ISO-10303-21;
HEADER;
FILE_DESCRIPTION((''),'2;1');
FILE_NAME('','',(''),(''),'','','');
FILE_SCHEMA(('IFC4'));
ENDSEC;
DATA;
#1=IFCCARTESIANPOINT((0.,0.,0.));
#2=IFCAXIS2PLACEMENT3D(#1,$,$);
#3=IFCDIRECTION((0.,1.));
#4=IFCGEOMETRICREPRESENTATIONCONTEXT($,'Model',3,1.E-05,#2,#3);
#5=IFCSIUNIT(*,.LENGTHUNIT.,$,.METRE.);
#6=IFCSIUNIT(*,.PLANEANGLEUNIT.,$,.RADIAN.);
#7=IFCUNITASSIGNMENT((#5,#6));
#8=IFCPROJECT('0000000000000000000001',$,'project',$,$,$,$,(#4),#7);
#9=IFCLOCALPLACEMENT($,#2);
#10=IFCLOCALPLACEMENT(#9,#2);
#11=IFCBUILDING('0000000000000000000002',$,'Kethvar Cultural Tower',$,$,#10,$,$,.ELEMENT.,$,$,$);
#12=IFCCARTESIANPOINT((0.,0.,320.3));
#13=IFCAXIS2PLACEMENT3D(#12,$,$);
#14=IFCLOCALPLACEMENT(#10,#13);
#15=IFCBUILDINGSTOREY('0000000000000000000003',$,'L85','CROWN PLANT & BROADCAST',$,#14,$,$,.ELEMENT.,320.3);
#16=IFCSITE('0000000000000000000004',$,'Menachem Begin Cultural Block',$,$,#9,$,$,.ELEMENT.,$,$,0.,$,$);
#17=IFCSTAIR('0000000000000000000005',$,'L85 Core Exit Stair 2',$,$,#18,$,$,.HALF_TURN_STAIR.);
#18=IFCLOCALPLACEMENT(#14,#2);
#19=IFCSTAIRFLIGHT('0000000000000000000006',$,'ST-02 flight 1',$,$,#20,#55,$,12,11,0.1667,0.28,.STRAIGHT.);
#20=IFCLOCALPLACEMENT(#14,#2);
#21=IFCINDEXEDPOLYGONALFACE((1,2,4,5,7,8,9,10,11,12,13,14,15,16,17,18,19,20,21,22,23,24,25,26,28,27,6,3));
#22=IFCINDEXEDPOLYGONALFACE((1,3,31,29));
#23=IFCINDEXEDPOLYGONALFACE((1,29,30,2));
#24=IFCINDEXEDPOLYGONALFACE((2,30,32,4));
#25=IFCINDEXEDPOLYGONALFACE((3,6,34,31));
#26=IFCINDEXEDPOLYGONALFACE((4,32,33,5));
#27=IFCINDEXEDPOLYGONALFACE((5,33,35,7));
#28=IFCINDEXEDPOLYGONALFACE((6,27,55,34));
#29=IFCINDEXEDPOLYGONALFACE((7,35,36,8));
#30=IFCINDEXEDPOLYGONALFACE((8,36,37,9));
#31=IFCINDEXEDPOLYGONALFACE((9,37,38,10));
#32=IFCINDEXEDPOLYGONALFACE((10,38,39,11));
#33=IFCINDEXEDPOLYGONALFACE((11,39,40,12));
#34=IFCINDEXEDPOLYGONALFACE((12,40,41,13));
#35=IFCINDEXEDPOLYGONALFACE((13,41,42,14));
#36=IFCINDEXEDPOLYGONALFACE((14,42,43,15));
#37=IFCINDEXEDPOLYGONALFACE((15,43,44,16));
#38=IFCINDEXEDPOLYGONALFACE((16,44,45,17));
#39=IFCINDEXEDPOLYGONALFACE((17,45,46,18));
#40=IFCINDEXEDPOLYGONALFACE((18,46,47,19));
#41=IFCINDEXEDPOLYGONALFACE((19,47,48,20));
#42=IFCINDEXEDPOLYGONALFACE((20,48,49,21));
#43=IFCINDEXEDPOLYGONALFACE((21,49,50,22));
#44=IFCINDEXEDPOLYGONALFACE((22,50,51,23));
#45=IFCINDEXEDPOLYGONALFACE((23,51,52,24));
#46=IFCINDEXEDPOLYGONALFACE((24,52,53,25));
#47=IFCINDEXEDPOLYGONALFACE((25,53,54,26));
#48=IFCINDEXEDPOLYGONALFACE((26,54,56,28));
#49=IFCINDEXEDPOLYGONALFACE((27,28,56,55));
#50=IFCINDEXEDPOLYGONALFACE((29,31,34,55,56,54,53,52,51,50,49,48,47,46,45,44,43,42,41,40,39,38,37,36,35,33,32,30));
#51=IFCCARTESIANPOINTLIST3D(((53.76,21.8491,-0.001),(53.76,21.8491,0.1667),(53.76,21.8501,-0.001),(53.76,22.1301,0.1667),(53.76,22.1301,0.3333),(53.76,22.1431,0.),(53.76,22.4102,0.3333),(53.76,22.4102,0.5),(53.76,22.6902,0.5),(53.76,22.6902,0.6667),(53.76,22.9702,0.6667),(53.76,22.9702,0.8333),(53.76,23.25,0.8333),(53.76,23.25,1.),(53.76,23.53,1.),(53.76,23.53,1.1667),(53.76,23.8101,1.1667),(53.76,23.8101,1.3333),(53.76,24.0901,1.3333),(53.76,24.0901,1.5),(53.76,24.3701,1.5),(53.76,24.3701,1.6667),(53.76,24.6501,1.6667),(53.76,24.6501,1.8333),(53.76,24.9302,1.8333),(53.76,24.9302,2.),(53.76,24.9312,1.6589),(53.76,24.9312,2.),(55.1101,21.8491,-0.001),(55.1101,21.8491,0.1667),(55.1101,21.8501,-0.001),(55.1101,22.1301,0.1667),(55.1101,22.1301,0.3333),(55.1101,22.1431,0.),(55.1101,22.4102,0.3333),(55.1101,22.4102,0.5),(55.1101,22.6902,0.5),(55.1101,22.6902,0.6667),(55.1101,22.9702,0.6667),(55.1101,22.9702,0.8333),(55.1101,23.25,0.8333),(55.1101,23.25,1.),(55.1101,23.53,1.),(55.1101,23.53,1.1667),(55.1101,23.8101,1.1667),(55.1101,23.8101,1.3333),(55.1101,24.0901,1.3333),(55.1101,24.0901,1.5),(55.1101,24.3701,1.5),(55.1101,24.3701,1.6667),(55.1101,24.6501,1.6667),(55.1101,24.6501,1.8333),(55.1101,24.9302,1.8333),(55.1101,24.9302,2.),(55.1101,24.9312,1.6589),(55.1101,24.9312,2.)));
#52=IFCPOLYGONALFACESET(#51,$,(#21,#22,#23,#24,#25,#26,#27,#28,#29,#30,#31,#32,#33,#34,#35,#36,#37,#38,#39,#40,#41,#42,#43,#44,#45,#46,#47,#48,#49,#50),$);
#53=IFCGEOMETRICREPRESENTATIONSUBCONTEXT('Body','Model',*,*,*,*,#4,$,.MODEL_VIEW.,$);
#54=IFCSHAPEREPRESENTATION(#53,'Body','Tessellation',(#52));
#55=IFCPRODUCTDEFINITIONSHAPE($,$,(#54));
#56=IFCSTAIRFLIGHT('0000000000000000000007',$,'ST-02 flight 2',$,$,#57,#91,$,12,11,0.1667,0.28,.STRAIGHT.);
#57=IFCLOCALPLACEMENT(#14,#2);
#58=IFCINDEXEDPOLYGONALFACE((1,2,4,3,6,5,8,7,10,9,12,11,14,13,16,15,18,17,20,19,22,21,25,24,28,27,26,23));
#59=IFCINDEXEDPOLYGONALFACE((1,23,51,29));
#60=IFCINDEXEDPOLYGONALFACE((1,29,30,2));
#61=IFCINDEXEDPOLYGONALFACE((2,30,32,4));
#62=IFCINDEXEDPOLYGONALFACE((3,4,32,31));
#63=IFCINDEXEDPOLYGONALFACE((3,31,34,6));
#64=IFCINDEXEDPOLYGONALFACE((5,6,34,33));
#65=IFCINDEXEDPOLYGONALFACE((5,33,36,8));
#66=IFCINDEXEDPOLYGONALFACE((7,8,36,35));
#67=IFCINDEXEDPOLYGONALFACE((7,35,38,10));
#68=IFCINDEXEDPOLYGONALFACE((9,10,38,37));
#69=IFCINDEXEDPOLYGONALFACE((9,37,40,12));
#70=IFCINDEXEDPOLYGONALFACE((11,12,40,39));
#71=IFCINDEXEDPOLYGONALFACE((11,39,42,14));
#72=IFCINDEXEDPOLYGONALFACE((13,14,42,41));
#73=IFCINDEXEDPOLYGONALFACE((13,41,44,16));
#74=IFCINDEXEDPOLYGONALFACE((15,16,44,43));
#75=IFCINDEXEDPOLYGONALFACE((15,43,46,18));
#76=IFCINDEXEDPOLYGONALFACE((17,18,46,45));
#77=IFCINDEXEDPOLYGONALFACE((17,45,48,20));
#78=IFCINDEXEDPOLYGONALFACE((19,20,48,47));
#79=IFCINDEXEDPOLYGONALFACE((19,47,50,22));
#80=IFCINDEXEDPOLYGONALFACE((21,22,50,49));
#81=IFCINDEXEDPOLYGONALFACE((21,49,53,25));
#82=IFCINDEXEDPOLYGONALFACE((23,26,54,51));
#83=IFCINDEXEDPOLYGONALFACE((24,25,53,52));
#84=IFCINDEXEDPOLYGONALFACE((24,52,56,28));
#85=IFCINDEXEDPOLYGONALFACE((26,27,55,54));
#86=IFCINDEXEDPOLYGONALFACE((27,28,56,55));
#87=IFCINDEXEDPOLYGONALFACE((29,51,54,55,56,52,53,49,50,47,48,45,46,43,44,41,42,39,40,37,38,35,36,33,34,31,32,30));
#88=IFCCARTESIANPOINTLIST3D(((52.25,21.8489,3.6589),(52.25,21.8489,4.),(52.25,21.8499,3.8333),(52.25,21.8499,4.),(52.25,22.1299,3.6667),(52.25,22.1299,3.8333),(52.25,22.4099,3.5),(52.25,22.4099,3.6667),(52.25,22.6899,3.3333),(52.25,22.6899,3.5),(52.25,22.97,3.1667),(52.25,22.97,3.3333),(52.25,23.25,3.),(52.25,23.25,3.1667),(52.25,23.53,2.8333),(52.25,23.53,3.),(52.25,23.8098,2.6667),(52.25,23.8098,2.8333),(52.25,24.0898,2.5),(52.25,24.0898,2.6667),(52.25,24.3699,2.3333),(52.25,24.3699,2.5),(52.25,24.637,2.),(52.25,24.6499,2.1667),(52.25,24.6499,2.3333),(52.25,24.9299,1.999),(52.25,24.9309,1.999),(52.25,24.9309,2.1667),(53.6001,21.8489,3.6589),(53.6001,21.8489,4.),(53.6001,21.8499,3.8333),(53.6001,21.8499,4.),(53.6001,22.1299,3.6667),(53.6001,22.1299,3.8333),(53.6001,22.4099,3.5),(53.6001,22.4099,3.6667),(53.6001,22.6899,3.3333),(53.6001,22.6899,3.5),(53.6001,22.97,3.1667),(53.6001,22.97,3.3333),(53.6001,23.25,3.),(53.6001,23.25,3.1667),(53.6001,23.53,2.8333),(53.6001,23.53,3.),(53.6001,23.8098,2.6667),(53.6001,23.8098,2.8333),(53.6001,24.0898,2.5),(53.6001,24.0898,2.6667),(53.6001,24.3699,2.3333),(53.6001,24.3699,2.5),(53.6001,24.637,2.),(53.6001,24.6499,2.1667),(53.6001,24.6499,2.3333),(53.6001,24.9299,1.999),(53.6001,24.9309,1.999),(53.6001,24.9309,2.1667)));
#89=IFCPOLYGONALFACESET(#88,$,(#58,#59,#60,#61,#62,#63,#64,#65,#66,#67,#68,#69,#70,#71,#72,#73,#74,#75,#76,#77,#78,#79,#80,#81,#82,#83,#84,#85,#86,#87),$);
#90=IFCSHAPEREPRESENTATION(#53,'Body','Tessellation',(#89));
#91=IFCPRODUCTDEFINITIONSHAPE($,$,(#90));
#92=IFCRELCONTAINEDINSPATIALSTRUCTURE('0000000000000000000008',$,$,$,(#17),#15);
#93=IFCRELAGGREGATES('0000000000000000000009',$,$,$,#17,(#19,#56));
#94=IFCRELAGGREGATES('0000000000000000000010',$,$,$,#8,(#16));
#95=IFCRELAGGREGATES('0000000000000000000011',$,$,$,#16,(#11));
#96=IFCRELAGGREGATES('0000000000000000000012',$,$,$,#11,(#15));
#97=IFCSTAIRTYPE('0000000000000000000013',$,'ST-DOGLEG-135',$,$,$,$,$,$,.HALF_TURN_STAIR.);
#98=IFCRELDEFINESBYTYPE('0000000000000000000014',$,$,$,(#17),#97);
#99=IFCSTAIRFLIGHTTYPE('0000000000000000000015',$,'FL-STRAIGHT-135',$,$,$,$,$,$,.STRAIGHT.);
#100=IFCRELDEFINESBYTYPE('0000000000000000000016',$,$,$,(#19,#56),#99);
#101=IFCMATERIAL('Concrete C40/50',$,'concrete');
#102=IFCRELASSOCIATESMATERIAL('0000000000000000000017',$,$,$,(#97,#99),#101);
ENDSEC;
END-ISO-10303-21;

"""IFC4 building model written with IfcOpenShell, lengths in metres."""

from ifc_helpers import new_model, si_unit, direction, frame, origin, place, context, subcontext, project, spatial, polyline, outline, extrude, material, type_object, element, aggregate, save


model = new_model("IFC4")

# Units and contexts
model_context = context("Model", 3, precision=1e-05, world=origin(), true_north=direction((0.0, 1.0)))
body_context = subcontext(model_context, "Body", "Model", "MODEL_VIEW")
ifc_project = project(units=[si_unit("LENGTHUNIT", "METRE"), si_unit("PLANEANGLEUNIT", "RADIAN")], contexts=[model_context])

# Site, building, storey
site_placement = place(None, origin())
site = spatial("IfcSite", under=ifc_project, at=site_placement, Name="Menachem Begin Cultural Block", CompositionType="ELEMENT", RefElevation=0.0)
building_placement = place(site_placement, origin())
building = spatial("IfcBuilding", under=site, at=building_placement, Name="Kethvar Cultural Tower", CompositionType="ELEMENT")
storey_placement = place(building_placement, frame((0.0, 0.0, 320.3)))
storey = spatial("IfcBuildingStorey", under=building, at=storey_placement, Name="L85", Description="CROWN PLANT & BROADCAST", CompositionType="ELEMENT", Elevation=320.3)

# Shared definitions
ifc_material_1 = material(Name="Concrete C40/50", Category="concrete")

# Stair, stair flights
stair_type = type_object("IfcStairType", Name="ST-DOGLEG-135", PredefinedType="HALF_TURN_STAIR", material=ifc_material_1)
stair_placement = place(storey_placement, origin())
stair = element("IfcStair", 1, at=stair_placement, inside=storey, type_object=stair_type, Name="L85 Core Exit Stair 2", PredefinedType="HALF_TURN_STAIR")
stair_flight_type = type_object("IfcStairFlightType", Name="FL-STRAIGHT-135", PredefinedType="STRAIGHT", material=ifc_material_1)
stair_flight_1_placement = place(storey_placement, frame((54.4351, 21.8501, 0.0), z_axis=(0.0, 0.0, 1.0), x_axis=(0.0, 1.0, 0.0)))
stair_flight_1 = element("IfcStairFlight", 2, at=stair_flight_1_placement, type_object=stair_flight_type, Name="ST-02 flight 1", NumberOfRisers=12, NumberOfTreads=11, PredefinedType="STRAIGHT", RiserHeight=0.1667, TreadLength=0.28, context=body_context, shape_type="SweptSolid", body=[
    extrude(outline(polyline([(-0.001, -0.001), (-0.001, 0.1667), (0.28, 0.1667), (0.28, 0.3333), (0.5601, 0.3333), (0.5601, 0.5), (0.8401, 0.5), (0.8401, 0.6667), (1.1201, 0.6667), (1.1201, 0.8333), (1.3999, 0.8333), (1.3999, 1.0), (1.6799, 1.0), (1.6799, 1.1667), (1.96, 1.1667), (1.96, 1.3333), (2.24, 1.3333), (2.24, 1.5), (2.52, 1.5), (2.52, 1.6667), (2.8, 1.6667), (2.8, 1.8333), (3.0801, 1.8333), (3.0801, 2.0), (3.0811, 2.0), (3.0811, 1.6589), (0.293, 0.0), (0.0, -0.001), (-0.001, -0.001)])), frame((0.0, 0.675, 0.0), z_axis=(0.0, -1.0, 0.0), x_axis=(1.0, 0.0, 0.0)), (0.0, 0.0, 1.0), 1.3501),
])
stair_flight_2_placement = place(storey_placement, frame((52.925, 24.9299, 2.0), z_axis=(0.0, 0.0, 1.0), x_axis=(0.0, -1.0, 0.0)))
stair_flight_2 = element("IfcStairFlight", 3, at=stair_flight_2_placement, type_object=stair_flight_type, Name="ST-02 flight 2", NumberOfRisers=12, NumberOfTreads=11, PredefinedType="STRAIGHT", RiserHeight=0.1667, TreadLength=0.28, context=body_context, shape_type="SweptSolid", body=[
    extrude(outline(polyline([(-0.001, -0.001), (-0.001, 0.1667), (0.28, 0.1667), (0.28, 0.3333), (0.5601, 0.3333), (0.5601, 0.5), (0.8401, 0.5), (0.8401, 0.6667), (1.1201, 0.6667), (1.1201, 0.8333), (1.3999, 0.8333), (1.3999, 1.0), (1.6799, 1.0), (1.6799, 1.1667), (1.96, 1.1667), (1.96, 1.3333), (2.24, 1.3333), (2.24, 1.5), (2.52, 1.5), (2.52, 1.6667), (2.8, 1.6667), (2.8, 1.8333), (3.0801, 1.8333), (3.0801, 2.0), (3.0811, 2.0), (3.0811, 1.6589), (0.293, 0.0), (0.0, -0.001), (-0.001, -0.001)])), frame((0.0, 0.675, 0.0), z_axis=(0.0, -1.0, 0.0), x_axis=(1.0, 0.0, 0.0)), (0.0, 0.0, 1.0), 1.3501),
])
aggregate(stair, [stair_flight_1, stair_flight_2])

save(model, "model.ifc")
